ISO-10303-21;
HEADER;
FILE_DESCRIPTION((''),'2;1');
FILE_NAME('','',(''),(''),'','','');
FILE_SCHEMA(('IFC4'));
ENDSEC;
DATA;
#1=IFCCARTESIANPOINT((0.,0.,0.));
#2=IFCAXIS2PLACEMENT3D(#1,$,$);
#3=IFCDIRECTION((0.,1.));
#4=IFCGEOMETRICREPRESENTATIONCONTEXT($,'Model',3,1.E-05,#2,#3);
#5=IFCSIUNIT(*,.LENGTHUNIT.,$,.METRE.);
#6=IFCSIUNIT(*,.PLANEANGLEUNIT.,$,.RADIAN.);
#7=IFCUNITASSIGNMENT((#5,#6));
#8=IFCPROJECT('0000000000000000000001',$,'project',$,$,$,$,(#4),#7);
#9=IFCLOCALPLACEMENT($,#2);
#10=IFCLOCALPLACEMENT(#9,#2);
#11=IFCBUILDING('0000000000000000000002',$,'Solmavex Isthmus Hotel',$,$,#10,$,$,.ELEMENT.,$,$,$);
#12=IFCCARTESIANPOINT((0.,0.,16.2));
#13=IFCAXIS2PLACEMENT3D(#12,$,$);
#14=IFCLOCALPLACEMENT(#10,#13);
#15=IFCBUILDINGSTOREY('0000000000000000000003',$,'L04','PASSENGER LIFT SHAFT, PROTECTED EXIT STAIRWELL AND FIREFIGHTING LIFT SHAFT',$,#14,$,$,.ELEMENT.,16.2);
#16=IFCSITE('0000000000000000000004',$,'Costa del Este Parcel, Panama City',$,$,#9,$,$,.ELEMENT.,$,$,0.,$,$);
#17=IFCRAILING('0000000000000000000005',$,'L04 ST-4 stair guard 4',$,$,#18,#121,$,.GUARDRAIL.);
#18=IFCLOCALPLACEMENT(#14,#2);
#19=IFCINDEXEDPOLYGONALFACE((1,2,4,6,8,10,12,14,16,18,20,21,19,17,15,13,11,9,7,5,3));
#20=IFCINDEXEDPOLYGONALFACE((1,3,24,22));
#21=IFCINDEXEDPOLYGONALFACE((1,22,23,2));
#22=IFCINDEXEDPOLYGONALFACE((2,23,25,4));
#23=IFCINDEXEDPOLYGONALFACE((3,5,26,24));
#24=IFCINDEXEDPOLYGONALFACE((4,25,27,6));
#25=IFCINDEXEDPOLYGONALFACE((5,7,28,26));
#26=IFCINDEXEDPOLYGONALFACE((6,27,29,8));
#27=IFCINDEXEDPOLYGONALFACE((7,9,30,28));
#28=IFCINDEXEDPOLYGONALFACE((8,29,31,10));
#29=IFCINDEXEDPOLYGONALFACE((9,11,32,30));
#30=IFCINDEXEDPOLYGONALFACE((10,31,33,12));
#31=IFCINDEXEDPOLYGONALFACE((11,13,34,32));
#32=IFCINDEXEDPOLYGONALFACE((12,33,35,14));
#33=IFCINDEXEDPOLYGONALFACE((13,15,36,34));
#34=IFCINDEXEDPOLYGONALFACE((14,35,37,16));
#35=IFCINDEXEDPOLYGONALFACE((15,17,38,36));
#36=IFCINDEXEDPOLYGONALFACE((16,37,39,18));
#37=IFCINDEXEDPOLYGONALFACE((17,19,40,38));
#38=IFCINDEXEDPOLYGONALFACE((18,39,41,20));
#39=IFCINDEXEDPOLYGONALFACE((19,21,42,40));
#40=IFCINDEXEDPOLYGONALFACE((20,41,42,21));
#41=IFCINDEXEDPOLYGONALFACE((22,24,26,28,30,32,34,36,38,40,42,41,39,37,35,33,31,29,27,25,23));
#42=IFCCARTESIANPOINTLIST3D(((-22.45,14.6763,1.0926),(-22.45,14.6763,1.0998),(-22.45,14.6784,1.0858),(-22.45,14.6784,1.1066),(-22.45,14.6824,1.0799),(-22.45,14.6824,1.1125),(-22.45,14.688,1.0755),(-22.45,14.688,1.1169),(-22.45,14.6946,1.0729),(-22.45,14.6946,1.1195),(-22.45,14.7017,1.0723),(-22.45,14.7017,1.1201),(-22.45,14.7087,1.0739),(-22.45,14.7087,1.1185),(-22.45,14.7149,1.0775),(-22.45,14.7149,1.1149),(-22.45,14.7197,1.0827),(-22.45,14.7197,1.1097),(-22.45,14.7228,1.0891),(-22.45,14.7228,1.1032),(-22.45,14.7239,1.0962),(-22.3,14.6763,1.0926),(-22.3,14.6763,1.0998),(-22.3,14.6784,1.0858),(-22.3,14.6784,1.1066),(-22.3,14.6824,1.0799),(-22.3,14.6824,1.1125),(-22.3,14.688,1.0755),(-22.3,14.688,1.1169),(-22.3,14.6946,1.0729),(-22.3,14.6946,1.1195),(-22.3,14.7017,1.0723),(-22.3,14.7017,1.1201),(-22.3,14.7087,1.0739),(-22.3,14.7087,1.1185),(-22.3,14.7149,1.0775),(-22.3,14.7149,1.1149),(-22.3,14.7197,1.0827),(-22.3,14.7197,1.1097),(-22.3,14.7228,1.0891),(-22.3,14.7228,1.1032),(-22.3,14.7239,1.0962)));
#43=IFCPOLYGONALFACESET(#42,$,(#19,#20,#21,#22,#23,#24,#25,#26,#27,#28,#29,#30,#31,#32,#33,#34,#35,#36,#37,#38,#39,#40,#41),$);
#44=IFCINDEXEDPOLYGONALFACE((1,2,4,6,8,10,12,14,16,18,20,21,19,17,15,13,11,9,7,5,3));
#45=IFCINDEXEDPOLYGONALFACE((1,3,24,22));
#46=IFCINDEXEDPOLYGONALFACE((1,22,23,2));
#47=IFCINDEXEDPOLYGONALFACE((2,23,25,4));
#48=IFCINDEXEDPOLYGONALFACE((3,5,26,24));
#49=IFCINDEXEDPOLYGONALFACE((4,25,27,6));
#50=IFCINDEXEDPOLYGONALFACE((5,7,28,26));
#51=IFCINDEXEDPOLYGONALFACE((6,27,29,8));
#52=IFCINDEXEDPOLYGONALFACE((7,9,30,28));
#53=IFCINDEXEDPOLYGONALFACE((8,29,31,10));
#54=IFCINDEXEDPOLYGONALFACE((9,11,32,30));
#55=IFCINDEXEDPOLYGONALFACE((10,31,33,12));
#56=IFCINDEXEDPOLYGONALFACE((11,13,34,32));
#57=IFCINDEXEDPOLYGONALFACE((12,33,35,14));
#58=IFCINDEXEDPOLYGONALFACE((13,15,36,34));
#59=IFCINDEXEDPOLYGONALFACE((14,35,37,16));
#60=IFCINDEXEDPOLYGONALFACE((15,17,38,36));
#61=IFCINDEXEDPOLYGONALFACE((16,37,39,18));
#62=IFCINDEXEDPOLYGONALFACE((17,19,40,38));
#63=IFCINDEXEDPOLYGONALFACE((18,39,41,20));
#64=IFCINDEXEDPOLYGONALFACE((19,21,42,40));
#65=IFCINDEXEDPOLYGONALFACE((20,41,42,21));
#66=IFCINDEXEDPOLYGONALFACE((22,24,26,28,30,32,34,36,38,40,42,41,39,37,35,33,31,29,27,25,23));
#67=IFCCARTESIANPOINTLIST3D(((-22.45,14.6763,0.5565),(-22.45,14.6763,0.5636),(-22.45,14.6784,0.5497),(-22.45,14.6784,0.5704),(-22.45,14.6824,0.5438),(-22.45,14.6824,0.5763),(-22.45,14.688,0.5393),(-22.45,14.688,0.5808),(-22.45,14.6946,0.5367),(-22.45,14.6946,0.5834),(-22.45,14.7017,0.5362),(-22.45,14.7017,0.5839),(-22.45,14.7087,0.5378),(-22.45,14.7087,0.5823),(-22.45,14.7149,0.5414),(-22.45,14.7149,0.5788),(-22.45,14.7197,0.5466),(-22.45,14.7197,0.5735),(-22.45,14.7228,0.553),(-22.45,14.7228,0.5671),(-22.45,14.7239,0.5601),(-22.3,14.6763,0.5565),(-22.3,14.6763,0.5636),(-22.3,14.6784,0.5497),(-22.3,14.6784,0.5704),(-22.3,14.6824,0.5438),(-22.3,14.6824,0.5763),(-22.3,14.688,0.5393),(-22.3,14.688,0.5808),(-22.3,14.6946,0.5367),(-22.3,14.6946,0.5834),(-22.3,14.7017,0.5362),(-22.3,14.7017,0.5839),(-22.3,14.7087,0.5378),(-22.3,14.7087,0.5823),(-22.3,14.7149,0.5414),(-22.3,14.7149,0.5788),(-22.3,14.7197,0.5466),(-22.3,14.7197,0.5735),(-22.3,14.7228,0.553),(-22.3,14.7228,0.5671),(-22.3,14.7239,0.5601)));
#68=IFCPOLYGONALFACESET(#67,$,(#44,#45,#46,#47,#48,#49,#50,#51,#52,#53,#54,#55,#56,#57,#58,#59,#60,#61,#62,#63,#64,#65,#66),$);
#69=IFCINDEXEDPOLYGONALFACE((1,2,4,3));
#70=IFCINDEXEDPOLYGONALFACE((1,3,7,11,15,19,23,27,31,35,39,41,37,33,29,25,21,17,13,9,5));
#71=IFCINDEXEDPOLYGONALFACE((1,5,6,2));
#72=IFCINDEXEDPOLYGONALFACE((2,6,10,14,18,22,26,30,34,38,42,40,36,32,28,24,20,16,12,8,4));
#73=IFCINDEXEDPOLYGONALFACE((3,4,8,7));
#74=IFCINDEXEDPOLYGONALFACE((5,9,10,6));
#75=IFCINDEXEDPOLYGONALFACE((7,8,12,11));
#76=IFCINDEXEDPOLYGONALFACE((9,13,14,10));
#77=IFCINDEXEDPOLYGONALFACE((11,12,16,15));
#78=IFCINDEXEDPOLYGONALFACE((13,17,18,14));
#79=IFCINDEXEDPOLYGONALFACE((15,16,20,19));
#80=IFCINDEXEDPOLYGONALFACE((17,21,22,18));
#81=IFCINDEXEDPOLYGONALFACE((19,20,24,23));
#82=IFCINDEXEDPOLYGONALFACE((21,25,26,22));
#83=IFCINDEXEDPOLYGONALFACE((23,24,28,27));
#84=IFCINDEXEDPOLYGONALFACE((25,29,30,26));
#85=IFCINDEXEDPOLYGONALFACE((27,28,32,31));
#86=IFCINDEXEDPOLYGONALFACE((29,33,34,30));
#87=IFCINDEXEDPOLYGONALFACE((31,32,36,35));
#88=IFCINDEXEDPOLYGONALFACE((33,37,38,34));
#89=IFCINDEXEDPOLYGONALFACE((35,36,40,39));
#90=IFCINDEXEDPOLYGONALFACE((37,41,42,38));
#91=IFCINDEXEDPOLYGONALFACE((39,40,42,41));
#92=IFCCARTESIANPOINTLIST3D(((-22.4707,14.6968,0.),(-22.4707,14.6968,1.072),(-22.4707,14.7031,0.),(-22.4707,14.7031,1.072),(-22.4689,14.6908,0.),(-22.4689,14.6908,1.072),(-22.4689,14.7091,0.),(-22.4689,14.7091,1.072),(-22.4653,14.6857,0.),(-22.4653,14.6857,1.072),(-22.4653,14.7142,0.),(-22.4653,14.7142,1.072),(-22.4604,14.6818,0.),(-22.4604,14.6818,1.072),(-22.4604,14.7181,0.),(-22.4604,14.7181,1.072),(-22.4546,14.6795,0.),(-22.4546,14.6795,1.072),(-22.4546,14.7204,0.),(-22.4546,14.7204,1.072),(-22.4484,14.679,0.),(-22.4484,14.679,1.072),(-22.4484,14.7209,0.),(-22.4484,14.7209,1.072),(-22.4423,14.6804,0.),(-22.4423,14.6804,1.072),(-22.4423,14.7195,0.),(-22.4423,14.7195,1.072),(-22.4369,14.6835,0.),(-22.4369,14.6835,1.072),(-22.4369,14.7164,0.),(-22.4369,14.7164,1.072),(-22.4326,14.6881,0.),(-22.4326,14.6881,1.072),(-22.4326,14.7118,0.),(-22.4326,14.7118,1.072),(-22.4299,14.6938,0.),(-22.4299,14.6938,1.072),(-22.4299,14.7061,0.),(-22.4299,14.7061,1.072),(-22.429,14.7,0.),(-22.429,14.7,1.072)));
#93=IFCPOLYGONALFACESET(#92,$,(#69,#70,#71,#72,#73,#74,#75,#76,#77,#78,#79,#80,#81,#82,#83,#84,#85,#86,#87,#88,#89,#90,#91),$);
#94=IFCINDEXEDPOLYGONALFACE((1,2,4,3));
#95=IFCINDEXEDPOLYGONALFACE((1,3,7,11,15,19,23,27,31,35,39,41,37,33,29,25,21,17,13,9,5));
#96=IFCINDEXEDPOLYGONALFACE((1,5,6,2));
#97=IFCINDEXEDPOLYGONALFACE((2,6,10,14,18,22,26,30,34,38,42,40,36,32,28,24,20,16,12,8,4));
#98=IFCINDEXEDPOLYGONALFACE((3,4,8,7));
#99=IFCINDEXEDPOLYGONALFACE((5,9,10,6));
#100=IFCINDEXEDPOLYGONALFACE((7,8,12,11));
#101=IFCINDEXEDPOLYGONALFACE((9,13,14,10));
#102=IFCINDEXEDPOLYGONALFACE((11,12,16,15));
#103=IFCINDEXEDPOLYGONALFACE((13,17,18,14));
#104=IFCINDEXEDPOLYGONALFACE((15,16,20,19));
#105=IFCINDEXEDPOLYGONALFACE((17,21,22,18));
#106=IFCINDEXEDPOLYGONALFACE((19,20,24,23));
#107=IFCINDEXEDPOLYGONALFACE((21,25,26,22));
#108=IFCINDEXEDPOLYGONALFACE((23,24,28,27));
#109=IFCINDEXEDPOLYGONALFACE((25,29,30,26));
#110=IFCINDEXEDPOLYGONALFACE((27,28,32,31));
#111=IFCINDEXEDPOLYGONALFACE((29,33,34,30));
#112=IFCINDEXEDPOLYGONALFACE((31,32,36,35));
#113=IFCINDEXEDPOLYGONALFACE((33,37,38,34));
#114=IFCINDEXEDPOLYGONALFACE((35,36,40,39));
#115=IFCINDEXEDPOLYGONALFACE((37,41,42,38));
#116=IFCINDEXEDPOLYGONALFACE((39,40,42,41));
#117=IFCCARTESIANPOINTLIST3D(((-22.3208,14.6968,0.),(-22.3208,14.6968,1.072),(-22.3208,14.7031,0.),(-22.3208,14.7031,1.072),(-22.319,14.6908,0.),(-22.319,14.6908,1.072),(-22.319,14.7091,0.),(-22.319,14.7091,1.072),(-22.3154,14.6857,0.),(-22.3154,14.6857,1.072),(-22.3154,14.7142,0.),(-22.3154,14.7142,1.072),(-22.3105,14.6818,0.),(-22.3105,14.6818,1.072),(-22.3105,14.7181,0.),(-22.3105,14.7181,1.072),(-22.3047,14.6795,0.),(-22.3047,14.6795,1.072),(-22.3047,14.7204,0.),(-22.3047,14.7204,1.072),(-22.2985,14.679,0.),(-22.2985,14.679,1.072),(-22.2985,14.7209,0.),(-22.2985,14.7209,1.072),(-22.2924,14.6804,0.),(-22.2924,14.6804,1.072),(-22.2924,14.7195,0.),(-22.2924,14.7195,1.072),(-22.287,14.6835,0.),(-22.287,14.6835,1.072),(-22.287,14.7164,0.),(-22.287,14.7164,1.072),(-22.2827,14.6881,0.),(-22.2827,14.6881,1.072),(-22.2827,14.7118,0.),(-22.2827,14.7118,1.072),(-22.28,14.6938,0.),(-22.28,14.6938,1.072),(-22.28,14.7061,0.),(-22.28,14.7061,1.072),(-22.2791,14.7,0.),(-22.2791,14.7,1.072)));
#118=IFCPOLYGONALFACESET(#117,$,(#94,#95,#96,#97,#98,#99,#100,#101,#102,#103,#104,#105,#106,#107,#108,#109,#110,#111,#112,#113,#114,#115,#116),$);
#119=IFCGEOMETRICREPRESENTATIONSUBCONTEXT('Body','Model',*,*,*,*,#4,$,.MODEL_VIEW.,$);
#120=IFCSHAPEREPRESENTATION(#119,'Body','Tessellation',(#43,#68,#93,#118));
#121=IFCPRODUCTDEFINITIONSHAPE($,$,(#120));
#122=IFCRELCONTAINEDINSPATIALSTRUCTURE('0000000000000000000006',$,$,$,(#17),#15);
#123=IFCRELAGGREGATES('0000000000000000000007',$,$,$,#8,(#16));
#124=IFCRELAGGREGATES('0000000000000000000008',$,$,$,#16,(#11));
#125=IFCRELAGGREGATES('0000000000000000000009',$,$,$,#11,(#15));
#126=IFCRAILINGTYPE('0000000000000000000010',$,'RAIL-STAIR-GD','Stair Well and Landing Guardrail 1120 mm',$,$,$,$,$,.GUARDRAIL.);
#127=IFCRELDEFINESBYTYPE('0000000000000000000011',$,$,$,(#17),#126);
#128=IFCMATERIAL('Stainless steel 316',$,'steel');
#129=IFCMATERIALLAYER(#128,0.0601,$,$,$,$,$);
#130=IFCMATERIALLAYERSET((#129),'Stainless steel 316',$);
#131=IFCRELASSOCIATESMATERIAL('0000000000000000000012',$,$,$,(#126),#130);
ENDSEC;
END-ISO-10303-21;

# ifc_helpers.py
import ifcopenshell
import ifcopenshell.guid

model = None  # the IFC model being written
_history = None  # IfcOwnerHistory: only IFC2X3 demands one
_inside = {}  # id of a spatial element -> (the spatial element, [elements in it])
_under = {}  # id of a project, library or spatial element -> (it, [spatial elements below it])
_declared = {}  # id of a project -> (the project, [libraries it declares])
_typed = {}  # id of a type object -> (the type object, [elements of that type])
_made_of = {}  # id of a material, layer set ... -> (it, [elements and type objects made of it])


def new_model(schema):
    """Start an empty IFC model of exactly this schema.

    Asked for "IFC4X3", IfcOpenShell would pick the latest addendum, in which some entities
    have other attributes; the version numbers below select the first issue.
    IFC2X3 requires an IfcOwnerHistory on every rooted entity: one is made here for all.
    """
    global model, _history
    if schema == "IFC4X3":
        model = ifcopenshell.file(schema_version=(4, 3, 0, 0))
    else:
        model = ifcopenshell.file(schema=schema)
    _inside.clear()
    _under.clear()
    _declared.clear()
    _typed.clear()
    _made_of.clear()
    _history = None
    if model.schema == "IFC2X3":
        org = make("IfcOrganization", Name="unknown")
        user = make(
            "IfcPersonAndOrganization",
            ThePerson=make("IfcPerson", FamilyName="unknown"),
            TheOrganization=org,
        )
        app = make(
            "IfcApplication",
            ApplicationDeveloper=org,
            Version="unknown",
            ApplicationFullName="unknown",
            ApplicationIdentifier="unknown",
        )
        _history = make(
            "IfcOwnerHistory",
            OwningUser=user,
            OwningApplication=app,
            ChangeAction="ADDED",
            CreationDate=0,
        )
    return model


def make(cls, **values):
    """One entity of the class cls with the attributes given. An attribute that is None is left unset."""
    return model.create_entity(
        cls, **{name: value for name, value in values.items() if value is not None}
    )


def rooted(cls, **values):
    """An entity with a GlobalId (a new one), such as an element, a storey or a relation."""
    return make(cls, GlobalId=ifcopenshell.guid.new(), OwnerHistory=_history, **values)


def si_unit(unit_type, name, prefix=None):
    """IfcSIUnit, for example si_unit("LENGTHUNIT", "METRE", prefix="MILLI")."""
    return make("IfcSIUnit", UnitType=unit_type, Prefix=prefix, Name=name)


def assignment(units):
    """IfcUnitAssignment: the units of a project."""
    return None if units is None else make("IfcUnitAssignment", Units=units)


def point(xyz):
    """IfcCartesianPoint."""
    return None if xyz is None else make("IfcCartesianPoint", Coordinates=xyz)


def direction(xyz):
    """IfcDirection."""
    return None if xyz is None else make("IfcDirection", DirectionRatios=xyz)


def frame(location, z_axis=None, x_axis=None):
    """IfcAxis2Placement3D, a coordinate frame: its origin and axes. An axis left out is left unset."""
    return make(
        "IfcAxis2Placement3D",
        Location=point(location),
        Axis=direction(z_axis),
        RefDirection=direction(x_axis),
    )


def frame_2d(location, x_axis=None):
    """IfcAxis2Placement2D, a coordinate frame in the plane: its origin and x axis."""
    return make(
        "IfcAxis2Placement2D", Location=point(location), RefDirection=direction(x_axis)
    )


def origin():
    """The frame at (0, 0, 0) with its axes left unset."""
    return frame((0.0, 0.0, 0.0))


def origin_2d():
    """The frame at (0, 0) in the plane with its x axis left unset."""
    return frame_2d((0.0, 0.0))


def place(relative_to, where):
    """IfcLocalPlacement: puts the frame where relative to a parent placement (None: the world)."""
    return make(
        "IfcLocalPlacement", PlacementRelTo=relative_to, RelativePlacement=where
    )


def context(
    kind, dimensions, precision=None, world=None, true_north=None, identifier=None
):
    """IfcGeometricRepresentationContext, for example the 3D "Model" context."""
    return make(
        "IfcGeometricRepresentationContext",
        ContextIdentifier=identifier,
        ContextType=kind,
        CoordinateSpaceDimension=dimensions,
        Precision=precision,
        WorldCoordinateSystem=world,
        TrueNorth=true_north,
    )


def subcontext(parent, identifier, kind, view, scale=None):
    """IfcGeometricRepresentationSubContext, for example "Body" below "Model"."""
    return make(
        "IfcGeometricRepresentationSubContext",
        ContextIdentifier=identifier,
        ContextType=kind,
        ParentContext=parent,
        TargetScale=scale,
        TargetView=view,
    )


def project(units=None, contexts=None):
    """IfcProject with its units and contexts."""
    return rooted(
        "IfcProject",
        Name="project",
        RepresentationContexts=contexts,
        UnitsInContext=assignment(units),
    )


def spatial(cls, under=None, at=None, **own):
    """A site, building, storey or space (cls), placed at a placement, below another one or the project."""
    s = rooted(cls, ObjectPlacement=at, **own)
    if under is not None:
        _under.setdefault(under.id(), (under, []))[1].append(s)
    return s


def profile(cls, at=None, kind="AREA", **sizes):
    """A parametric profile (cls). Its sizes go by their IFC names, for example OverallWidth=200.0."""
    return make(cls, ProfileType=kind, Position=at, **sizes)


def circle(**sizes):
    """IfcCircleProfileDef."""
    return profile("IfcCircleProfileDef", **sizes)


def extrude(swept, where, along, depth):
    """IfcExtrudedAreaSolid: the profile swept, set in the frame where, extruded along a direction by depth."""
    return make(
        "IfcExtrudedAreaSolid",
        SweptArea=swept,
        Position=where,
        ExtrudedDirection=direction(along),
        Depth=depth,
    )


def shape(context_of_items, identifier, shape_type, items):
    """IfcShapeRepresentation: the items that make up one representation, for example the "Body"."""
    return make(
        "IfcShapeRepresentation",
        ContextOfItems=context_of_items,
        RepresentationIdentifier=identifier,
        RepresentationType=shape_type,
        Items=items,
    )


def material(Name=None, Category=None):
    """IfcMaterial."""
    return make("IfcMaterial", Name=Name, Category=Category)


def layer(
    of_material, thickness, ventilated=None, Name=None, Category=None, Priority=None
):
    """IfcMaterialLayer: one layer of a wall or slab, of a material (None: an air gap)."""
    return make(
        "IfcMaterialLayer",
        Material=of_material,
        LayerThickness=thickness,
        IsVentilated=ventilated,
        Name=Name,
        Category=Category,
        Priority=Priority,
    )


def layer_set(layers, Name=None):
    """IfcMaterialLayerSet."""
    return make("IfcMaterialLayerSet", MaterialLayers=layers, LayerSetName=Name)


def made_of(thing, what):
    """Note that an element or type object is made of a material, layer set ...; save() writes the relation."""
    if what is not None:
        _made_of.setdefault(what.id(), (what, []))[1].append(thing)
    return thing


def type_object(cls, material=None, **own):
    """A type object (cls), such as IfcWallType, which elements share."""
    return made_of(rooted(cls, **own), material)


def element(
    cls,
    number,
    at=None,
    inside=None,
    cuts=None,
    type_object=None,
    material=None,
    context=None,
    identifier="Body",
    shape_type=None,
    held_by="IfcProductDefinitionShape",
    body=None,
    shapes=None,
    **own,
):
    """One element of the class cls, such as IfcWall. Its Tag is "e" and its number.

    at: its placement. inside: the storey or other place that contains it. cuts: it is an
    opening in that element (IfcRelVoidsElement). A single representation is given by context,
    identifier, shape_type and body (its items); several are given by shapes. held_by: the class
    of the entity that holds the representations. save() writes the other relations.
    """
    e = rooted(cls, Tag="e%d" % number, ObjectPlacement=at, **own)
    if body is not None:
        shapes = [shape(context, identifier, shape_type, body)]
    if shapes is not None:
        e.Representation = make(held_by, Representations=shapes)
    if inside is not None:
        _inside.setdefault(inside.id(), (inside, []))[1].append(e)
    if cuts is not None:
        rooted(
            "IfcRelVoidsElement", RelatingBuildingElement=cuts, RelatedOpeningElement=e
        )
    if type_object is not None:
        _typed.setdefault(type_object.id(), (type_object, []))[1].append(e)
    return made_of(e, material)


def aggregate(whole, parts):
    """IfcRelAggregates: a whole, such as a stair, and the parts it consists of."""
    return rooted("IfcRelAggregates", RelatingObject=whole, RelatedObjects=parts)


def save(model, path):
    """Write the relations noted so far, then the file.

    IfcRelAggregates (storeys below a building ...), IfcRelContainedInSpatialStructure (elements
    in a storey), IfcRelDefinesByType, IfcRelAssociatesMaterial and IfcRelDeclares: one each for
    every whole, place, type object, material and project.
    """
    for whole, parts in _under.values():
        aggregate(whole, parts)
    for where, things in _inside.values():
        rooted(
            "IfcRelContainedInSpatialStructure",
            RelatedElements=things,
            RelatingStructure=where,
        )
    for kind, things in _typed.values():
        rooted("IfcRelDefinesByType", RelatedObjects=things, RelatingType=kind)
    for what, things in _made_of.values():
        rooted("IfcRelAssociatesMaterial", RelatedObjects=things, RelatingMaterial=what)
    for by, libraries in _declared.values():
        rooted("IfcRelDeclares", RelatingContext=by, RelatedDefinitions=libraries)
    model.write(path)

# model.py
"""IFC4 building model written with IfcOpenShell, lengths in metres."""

from ifc_helpers import new_model, si_unit, direction, frame, origin, origin_2d, place, context, subcontext, project, spatial, circle, extrude, material, layer, layer_set, type_object, element, save


model = new_model("IFC4")

# Units and contexts
model_context = context("Model", 3, precision=1e-05, world=origin(), true_north=direction((0.0, 1.0)))
body_context = subcontext(model_context, "Body", "Model", "MODEL_VIEW")
ifc_project = project(units=[si_unit("LENGTHUNIT", "METRE"), si_unit("PLANEANGLEUNIT", "RADIAN")], contexts=[model_context])

# Site, building, storey
site_placement = place(None, origin())
site = spatial("IfcSite", under=ifc_project, at=site_placement, Name="Costa del Este Parcel, Panama City", CompositionType="ELEMENT", RefElevation=0.0)
building_placement = place(site_placement, origin())
building = spatial("IfcBuilding", under=site, at=building_placement, Name="Solmavex Isthmus Hotel", CompositionType="ELEMENT")
storey_placement = place(building_placement, frame((0.0, 0.0, 16.2)))
storey = spatial("IfcBuildingStorey", under=building, at=storey_placement, Name="L04", Description="PASSENGER LIFT SHAFT, PROTECTED EXIT STAIRWELL AND FIREFIGHTING LIFT SHAFT", CompositionType="ELEMENT", Elevation=16.2)

# Railing
ifc_material_1 = material(Name="Stainless steel 316", Category="steel")
ifc_layer_1 = layer(ifc_material_1, 0.0601)
ifc_layer_set_1 = layer_set([ifc_layer_1], Name="Stainless steel 316")
railing_type_1 = type_object("IfcRailingType", Name="RAIL-STAIR-GD", Description="Stair Well and Landing Guardrail 1120 mm", PredefinedType="GUARDRAIL", material=ifc_layer_set_1)
railing_1_placement = place(storey_placement, frame((-22.45, 14.7, 0.0)))
element("IfcRailing", 1, at=railing_1_placement, inside=storey, type_object=railing_type_1, Name="L04 ST-4 stair guard 4", PredefinedType="GUARDRAIL", context=body_context, shape_type="SweptSolid", body=[
    extrude(circle(Radius=0.0239, at=origin_2d()), frame((0.0, 0.0, 1.0962), z_axis=(1.0, 0.0, 0.0), x_axis=(0.0, 1.0, 0.0)), (0.0, 0.0, 1.0), 0.1499),
    extrude(circle(Radius=0.0239, at=origin_2d()), frame((0.0, 0.0, 0.5601), z_axis=(1.0, 0.0, 0.0), x_axis=(0.0, 1.0, 0.0)), (0.0, 0.0, 1.0), 0.1499),
    extrude(circle(Radius=0.021, at=origin_2d()), origin(), (0.0, 0.0, 1.0), 1.072),
    extrude(circle(Radius=0.021, at=origin_2d()), frame((0.1499, 0.0, 0.0)), (0.0, 0.0, 1.0), 1.072),
])

save(model, "model.ifc")
